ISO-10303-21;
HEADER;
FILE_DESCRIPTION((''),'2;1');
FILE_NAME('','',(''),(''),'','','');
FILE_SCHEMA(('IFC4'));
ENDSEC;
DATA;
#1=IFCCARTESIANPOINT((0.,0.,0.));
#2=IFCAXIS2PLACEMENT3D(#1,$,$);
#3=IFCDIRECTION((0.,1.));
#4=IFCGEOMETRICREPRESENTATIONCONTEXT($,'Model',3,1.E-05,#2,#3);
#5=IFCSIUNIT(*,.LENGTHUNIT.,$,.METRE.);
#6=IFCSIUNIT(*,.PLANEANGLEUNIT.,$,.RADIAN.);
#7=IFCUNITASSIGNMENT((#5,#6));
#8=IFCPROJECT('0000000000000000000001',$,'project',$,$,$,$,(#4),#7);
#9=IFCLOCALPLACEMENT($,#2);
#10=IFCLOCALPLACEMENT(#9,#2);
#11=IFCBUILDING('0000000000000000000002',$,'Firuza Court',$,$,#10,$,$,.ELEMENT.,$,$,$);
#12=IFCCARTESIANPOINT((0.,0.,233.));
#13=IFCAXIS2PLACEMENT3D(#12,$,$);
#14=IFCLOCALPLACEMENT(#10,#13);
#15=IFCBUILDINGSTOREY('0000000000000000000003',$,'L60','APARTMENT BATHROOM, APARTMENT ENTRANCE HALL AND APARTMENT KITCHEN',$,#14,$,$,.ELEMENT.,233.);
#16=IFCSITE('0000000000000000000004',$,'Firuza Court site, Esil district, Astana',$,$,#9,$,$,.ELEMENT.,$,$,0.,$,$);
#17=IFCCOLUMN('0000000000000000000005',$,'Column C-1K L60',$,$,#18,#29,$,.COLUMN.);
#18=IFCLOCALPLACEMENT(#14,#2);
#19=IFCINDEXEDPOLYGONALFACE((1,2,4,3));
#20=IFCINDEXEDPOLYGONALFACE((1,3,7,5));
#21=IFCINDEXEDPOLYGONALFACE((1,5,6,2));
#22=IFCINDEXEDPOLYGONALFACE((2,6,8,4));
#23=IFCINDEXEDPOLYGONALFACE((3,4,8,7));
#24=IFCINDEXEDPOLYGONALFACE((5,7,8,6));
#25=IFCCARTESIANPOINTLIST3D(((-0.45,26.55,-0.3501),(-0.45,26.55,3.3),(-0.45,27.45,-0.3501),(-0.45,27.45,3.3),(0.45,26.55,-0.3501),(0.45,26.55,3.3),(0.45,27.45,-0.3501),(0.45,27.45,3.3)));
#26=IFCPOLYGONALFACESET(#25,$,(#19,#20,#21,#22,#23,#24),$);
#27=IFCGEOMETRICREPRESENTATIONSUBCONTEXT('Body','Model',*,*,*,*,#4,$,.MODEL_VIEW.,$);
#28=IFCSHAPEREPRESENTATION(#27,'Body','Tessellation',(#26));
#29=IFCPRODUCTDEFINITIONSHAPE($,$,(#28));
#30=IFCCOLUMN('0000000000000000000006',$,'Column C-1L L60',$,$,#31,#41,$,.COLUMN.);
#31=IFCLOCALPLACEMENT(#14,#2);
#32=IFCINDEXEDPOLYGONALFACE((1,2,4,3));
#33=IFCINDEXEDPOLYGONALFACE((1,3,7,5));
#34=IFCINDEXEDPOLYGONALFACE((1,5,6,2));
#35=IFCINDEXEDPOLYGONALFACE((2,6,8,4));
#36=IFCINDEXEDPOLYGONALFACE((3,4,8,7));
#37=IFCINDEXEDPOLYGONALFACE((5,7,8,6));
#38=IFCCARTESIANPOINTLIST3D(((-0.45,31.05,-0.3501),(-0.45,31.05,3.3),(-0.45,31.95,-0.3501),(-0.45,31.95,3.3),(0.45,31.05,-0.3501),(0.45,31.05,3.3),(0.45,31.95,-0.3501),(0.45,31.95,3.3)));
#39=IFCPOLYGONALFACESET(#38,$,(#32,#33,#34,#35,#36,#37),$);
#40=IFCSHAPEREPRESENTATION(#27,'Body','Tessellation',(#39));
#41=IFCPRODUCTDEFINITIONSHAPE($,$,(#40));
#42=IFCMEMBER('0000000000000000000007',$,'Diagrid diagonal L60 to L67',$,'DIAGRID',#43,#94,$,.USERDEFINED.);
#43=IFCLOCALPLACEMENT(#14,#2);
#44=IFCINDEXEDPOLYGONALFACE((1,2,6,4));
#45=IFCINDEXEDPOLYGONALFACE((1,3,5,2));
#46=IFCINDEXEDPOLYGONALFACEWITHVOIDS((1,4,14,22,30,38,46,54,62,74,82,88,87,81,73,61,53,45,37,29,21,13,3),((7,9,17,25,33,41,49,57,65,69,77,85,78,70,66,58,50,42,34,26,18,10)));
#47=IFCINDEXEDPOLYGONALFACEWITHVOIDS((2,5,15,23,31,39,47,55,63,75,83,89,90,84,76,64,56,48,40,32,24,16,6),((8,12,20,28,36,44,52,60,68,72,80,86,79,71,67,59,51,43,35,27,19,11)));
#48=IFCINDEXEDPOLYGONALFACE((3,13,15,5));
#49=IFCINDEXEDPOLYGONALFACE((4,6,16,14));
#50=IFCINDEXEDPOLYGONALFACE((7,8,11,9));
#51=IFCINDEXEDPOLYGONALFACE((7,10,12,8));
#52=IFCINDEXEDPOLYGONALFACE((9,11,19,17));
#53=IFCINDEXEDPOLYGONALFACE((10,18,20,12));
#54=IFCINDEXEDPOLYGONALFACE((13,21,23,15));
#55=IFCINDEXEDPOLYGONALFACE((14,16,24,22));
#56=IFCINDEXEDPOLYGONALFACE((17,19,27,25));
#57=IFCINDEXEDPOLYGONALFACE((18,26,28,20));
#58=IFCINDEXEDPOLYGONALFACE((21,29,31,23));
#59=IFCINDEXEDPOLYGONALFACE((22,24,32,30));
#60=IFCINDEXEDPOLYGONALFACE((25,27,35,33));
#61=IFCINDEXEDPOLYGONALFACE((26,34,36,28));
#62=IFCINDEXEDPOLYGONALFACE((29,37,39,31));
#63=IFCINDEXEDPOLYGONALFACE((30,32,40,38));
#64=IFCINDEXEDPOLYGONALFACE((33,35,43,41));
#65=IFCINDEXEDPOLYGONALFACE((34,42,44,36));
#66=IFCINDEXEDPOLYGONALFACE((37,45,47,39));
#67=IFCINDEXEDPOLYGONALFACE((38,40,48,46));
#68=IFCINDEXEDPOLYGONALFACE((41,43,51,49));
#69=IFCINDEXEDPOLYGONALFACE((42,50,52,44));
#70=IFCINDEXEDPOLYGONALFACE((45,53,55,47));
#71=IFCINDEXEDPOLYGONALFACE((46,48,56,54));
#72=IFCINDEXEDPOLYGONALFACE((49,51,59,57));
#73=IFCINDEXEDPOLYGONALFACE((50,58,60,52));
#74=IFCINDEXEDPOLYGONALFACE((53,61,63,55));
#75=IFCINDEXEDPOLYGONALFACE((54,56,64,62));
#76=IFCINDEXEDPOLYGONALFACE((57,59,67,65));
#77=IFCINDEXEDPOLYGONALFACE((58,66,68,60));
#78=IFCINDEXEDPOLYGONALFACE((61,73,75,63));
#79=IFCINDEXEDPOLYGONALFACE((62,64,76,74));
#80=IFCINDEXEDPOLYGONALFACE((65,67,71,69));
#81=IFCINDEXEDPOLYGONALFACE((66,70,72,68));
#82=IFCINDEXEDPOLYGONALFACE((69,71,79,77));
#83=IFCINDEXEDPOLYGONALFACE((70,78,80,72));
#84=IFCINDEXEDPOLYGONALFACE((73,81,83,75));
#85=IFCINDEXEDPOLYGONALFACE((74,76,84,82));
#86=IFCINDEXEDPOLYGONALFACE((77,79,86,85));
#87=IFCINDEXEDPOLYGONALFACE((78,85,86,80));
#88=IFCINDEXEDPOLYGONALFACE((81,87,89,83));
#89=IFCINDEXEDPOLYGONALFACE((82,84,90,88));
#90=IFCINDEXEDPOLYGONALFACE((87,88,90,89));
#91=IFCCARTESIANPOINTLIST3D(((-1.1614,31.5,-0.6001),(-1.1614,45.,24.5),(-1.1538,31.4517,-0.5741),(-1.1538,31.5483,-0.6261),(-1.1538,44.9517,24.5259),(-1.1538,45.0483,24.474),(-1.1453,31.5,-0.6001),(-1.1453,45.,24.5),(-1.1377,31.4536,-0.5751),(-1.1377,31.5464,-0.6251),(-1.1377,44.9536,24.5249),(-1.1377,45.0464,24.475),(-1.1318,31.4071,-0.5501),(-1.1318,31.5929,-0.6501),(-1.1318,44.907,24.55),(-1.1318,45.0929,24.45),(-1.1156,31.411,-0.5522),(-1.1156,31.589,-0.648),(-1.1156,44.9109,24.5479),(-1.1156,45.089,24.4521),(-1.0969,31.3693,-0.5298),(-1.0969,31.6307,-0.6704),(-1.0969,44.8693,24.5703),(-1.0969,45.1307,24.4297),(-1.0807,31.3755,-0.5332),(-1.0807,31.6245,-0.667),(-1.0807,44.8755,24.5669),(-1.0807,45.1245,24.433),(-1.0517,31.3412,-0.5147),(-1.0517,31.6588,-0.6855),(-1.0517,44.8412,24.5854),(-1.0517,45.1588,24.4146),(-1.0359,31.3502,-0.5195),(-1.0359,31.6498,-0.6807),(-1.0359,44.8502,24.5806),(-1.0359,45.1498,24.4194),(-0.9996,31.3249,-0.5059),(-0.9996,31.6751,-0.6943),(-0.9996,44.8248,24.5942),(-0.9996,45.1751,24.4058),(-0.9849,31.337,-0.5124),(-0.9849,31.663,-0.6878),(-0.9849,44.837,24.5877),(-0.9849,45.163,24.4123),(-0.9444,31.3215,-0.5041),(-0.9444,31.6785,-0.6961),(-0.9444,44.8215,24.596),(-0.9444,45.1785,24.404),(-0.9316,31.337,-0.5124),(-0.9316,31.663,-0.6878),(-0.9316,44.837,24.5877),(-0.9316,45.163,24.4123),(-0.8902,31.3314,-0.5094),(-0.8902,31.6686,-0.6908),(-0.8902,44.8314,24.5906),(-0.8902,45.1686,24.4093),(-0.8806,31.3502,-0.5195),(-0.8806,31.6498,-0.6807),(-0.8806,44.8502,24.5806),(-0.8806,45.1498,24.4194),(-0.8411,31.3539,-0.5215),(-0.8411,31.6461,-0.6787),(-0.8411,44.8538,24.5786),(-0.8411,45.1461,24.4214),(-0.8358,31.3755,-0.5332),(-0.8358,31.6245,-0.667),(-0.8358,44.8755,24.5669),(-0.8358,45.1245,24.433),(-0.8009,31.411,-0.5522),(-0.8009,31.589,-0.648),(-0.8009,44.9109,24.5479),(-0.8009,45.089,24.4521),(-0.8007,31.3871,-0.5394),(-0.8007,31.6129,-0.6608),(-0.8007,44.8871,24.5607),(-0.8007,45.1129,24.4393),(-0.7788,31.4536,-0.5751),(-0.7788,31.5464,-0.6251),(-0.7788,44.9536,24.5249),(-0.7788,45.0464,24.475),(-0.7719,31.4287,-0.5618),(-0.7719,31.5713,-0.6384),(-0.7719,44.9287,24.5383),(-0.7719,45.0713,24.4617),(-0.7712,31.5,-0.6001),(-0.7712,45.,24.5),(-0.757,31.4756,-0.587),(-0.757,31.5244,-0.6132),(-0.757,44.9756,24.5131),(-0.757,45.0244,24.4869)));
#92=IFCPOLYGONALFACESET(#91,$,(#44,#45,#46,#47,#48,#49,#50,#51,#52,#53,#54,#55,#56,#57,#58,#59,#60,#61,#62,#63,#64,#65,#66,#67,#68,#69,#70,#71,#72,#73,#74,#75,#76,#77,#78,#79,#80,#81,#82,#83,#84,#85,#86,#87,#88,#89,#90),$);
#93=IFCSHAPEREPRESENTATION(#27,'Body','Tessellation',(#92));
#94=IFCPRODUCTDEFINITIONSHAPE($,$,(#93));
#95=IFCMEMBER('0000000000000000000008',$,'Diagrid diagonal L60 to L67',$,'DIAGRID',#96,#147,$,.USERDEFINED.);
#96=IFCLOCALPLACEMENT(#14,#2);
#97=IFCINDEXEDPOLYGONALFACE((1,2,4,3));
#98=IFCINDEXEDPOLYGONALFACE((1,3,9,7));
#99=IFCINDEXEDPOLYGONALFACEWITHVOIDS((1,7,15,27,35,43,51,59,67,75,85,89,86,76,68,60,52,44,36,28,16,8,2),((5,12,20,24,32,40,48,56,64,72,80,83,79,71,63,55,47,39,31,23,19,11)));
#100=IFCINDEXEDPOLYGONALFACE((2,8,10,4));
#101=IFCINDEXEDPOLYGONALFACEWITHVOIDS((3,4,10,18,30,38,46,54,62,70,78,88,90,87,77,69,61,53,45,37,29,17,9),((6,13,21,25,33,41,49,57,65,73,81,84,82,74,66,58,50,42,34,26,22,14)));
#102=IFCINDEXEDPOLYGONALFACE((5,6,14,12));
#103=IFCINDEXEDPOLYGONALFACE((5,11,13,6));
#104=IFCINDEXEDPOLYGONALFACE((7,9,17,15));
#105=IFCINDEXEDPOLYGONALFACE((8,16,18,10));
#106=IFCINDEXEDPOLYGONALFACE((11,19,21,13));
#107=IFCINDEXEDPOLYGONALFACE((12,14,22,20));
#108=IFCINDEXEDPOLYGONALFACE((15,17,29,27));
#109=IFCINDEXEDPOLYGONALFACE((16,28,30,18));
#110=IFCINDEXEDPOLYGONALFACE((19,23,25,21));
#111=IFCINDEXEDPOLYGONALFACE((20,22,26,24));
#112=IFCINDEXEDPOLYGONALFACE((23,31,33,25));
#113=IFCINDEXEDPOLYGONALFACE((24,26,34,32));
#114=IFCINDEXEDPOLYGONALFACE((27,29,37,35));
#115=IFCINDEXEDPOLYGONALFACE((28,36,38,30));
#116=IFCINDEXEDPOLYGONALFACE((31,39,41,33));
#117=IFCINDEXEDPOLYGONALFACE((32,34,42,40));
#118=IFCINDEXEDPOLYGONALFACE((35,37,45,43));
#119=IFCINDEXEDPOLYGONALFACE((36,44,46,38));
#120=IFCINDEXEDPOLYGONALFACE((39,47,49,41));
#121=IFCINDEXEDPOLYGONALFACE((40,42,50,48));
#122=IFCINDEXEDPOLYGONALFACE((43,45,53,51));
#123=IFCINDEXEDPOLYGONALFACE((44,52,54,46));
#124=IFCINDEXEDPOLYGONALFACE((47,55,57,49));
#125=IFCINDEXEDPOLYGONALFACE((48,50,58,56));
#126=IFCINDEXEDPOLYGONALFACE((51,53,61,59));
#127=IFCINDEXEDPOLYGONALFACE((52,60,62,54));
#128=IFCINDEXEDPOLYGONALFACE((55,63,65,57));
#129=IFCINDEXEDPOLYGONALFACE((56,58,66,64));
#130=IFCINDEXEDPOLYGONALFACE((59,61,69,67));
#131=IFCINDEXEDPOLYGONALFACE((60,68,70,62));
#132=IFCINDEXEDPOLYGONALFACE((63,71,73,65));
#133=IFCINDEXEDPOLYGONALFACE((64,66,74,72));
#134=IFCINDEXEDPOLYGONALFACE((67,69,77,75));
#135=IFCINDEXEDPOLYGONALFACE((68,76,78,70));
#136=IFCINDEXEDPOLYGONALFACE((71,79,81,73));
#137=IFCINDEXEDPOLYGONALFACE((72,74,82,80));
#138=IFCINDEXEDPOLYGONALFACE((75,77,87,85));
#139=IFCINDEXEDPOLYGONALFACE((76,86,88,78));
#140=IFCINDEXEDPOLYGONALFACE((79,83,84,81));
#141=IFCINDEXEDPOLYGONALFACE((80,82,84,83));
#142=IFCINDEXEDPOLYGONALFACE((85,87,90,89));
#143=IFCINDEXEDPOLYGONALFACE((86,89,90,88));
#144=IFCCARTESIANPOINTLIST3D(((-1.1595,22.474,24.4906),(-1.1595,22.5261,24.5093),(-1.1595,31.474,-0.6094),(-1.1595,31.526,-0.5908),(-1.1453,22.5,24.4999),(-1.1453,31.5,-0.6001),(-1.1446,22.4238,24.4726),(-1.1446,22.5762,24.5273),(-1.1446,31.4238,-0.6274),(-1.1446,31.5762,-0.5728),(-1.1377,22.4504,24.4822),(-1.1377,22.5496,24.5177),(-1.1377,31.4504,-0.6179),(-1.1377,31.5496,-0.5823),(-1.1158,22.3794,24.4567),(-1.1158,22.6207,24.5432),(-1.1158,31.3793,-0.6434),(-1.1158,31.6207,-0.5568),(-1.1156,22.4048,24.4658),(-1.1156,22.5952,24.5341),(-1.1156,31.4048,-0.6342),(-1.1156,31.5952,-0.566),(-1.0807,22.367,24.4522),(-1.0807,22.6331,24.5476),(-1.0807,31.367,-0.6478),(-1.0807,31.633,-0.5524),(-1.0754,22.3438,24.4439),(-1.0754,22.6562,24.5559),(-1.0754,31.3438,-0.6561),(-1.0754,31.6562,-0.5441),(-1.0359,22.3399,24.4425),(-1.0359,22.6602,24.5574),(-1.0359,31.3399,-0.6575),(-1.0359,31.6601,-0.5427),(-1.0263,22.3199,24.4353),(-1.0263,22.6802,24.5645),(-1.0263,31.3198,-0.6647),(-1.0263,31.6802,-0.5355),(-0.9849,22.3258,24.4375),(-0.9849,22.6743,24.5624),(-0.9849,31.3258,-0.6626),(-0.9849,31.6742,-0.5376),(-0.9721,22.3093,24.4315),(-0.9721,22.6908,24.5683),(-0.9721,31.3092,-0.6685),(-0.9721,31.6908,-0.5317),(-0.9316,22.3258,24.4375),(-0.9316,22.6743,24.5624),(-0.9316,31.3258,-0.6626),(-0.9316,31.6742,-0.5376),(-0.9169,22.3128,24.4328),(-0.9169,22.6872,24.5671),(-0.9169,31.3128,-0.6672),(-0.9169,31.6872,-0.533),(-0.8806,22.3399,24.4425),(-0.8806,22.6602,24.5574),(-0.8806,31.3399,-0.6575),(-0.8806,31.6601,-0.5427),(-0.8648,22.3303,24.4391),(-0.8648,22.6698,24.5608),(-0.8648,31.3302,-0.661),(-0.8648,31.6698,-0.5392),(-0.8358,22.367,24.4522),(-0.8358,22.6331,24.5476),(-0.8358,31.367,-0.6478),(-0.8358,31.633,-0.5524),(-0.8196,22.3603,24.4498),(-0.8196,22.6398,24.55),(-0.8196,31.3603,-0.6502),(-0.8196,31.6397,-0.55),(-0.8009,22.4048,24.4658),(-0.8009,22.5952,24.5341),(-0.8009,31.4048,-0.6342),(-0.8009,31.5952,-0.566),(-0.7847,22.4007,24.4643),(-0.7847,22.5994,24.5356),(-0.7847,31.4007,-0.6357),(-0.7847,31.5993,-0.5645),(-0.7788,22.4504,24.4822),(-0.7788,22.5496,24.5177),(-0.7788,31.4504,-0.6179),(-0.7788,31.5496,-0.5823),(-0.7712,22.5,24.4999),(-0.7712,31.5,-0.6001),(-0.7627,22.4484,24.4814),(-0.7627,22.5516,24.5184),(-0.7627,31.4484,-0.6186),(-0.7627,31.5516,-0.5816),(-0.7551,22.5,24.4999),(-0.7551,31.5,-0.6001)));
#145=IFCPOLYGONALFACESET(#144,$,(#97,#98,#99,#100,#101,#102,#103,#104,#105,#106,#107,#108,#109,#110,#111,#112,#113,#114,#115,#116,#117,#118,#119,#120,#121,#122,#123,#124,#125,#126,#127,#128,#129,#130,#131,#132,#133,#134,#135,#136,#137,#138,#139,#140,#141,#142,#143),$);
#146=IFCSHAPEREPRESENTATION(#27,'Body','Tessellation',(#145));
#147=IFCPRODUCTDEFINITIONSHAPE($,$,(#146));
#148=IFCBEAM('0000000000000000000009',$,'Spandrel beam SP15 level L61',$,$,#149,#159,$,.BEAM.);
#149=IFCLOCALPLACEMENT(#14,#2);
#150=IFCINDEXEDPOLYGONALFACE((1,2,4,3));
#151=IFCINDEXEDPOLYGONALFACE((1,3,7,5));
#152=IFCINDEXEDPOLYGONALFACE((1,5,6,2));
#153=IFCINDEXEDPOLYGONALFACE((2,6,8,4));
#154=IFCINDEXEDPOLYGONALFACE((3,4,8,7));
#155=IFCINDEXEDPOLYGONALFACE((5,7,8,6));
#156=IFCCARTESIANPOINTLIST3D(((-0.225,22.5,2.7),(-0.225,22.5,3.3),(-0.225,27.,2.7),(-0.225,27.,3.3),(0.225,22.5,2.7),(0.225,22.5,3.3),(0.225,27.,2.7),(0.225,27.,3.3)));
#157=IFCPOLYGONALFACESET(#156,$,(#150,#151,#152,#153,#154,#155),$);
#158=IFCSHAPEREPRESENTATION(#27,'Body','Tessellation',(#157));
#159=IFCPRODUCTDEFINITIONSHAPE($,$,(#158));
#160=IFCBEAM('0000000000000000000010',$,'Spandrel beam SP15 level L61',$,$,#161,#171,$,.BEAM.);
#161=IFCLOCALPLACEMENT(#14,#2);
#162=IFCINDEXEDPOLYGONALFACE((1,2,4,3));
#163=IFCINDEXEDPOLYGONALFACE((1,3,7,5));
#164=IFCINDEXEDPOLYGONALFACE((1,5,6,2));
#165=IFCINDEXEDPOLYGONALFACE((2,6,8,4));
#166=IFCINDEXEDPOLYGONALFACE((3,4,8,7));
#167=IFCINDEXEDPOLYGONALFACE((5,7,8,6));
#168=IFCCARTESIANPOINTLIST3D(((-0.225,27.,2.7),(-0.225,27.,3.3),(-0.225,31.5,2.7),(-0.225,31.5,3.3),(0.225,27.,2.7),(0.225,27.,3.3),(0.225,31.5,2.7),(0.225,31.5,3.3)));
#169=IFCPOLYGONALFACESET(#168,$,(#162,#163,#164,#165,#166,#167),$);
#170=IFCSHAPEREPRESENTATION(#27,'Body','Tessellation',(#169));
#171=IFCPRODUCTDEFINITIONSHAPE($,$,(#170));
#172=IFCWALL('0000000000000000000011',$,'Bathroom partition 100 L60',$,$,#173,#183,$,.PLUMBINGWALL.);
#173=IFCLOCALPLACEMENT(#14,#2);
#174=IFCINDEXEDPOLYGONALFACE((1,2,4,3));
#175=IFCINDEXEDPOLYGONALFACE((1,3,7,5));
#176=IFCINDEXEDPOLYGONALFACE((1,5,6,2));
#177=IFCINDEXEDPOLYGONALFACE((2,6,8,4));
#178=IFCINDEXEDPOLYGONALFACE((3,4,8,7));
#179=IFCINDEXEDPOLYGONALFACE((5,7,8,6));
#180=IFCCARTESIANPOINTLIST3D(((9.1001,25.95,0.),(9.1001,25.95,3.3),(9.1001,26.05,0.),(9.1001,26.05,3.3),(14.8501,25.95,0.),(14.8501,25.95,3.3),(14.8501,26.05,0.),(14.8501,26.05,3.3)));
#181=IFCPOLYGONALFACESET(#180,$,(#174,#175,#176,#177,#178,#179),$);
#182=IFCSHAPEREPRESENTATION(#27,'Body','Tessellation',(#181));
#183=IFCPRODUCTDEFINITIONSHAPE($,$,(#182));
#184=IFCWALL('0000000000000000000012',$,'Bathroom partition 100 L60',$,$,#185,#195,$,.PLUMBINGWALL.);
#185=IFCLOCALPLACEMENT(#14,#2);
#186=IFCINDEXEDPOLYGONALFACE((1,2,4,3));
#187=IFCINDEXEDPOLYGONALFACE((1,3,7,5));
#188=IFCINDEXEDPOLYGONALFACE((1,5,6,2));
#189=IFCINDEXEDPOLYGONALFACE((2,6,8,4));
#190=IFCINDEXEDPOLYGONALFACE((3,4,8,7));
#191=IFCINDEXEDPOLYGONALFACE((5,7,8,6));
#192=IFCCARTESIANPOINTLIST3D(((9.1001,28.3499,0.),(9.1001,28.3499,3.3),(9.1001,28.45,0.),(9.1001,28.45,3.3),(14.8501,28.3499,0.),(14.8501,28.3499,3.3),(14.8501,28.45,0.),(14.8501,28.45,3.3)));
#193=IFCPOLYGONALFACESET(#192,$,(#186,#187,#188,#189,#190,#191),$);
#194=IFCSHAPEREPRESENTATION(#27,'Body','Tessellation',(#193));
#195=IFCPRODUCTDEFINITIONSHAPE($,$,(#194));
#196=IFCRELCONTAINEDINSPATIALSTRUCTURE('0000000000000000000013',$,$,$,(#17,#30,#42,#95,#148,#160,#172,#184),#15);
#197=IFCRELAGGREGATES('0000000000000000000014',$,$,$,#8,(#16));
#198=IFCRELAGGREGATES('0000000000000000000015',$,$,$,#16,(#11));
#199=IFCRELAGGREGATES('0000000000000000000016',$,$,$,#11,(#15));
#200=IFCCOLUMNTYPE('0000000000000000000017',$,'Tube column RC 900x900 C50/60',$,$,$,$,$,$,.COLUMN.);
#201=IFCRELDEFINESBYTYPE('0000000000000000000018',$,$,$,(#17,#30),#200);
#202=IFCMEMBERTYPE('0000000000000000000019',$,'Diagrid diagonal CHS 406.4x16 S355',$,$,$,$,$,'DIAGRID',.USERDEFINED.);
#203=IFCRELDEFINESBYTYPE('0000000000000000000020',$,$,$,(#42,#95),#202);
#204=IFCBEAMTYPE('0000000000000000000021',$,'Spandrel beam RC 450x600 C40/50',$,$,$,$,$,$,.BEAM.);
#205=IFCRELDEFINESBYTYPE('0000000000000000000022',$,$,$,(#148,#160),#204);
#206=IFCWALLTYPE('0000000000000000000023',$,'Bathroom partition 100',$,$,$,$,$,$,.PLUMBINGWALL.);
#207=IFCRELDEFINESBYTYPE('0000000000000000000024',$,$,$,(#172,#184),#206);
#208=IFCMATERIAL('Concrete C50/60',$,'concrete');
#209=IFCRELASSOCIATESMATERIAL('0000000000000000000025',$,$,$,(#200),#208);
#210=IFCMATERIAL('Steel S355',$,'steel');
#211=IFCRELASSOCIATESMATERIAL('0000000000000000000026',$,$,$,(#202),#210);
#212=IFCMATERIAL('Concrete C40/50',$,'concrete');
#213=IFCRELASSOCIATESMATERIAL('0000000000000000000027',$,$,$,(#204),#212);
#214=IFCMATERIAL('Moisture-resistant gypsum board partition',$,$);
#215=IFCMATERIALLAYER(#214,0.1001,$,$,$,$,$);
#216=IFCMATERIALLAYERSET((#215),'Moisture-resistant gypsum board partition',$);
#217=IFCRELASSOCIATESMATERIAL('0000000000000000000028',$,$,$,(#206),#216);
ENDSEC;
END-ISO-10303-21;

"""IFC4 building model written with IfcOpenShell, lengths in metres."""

from ifc_helpers import new_model, si_unit, direction, frame, frame_2d, origin, origin_2d, place, context, subcontext, project, spatial, rectangle, hollow_circle, extrude, material, layer, layer_set, material_profile, profile_set, type_object, element, save


model = new_model("IFC4")

# Units and contexts
model_context = context("Model", 3, precision=1e-05, world=origin(), true_north=direction((0.0, 1.0)))
body_context = subcontext(model_context, "Body", "Model", "MODEL_VIEW")
ifc_project = project(units=[si_unit("LENGTHUNIT", "METRE"), si_unit("PLANEANGLEUNIT", "RADIAN")], contexts=[model_context])

# Site, building, storey
site_placement = place(None, origin())
site = spatial("IfcSite", under=ifc_project, at=site_placement, Name="Firuza Court site, Esil district, Astana", CompositionType="ELEMENT", RefElevation=0.0)
building_placement = place(site_placement, origin())
building = spatial("IfcBuilding", under=site, at=building_placement, Name="Firuza Court", CompositionType="ELEMENT")
storey_placement = place(building_placement, frame((0.0, 0.0, 233.0)))
storey = spatial("IfcBuildingStorey", under=building, at=storey_placement, Name="L60", Description="APARTMENT BATHROOM, APARTMENT ENTRANCE HALL AND APARTMENT KITCHEN", CompositionType="ELEMENT", Elevation=233.0)

# Columns
ifc_material_1 = material(Name="Concrete C50/60", Category="concrete")
ifc_material_profile_1 = material_profile(ifc_material_1, rectangle(XDim=0.8999, YDim=0.8999, at=origin_2d()), Name="RC 900x900")
ifc_profile_set_1 = profile_set([ifc_material_profile_1], Name="Concrete C50/60")
column_type = type_object("IfcColumnType", Name="Tube column RC 900x900 C50/60", PredefinedType="COLUMN", material=ifc_profile_set_1)
for number, where, z_axis, x_axis, name in (
    (1, (0.0, 27.0, -0.3501), (0.0, 0.0, 1.0), (1.0, 0.0, 0.0), "Column C-1K L60"),
    (2, (0.0, 31.5, -0.3501), (0.0, 0.0, 1.0), (1.0, 0.0, 0.0), "Column C-1L L60"),
):
    element("IfcColumn", number, at=place(storey_placement, frame(where, z_axis=z_axis, x_axis=x_axis)), inside=storey, type_object=column_type, Name=name, PredefinedType="COLUMN", context=body_context, shape_type="SweptSolid", body=[
        extrude(rectangle(XDim=0.8999, YDim=0.8999, at=origin_2d()), origin(), (0.0, 0.0, 1.0), 3.6501),
    ])

# Members
ifc_material_2 = material(Name="Steel S355", Category="steel")
ifc_material_profile_2 = material_profile(ifc_material_2, hollow_circle(Radius=0.2031, WallThickness=0.0161, at=origin_2d()), Name="CHS 406.4x16")
ifc_profile_set_2 = profile_set([ifc_material_profile_2], Name="Steel S355")
member_type = type_object("IfcMemberType", Name="Diagrid diagonal CHS 406.4x16 S355", ElementType="DIAGRID", PredefinedType="USERDEFINED", material=ifc_profile_set_2)
member_1_placement = place(storey_placement, frame((-0.9583, 31.5, -0.6001), z_axis=(0.0, 0.47368, 0.880697), x_axis=(-1.0, 0.0, 0.0)))
element("IfcMember", 3, at=member_1_placement, inside=storey, type_object=member_type, Name="Diagrid diagonal L60 to L67", ObjectType="DIAGRID", PredefinedType="USERDEFINED", context=body_context, shape_type="SweptSolid", body=[
    extrude(hollow_circle(Radius=0.2031, WallThickness=0.0161, at=origin_2d()), origin(), (0.0, 0.0, 1.0), 28.5002),
])
member_2_placement = place(storey_placement, frame((-0.9583, 31.5, -0.6001), z_axis=(0.0, -0.337523, 0.941317), x_axis=(1.0, 0.0, 0.0)))
element("IfcMember", 4, at=member_2_placement, inside=storey, type_object=member_type, Name="Diagrid diagonal L60 to L67", ObjectType="DIAGRID", PredefinedType="USERDEFINED", context=body_context, shape_type="SweptSolid", body=[
    extrude(hollow_circle(Radius=0.2031, WallThickness=0.0161, at=origin_2d()), origin(), (0.0, 0.0, 1.0), 26.6648),
])

# Beams
ifc_material_3 = material(Name="Concrete C40/50", Category="concrete")
ifc_material_profile_3 = material_profile(ifc_material_3, rectangle(XDim=0.45, YDim=0.6001, at=origin_2d()), Name="RC 450x600")
ifc_profile_set_3 = profile_set([ifc_material_profile_3], Name="Concrete C40/50")
beam_type = type_object("IfcBeamType", Name="Spandrel beam RC 450x600 C40/50", PredefinedType="BEAM", material=ifc_profile_set_3)
for number, where, z_axis, x_axis, name in (
    (5, (0.0, 27.0, 3.0), (0.0, -1.0, 0.0), (1.0, 0.0, 0.0), "Spandrel beam SP15 level L61"),
    (6, (0.0, 31.5, 3.0), (0.0, -1.0, 0.0), (1.0, 0.0, 0.0), "Spandrel beam SP15 level L61"),
):
    element("IfcBeam", number, at=place(storey_placement, frame(where, z_axis=z_axis, x_axis=x_axis)), inside=storey, type_object=beam_type, Name=name, PredefinedType="BEAM", context=body_context, shape_type="SweptSolid", body=[
        extrude(rectangle(XDim=0.45, YDim=0.6001, at=origin_2d()), origin(), (0.0, 0.0, 1.0), 4.5),
    ])

# Walls
ifc_material_4 = material(Name="Moisture-resistant gypsum board partition")
ifc_layer_1 = layer(ifc_material_4, 0.1001)
ifc_layer_set_1 = layer_set([ifc_layer_1], Name="Moisture-resistant gypsum board partition")
wall_type_1 = type_object("IfcWallType", Name="Bathroom partition 100", PredefinedType="PLUMBINGWALL", material=ifc_layer_set_1)
for number, where, z_axis, x_axis, name in (
    (7, (9.1001, 26.0, 0.0), (0.0, 0.0, 1.0), (1.0, 0.0, 0.0), "Bathroom partition 100 L60"),
    (8, (9.1001, 28.3999, 0.0), (0.0, 0.0, 1.0), (1.0, 0.0, 0.0), "Bathroom partition 100 L60"),
):
    element("IfcWall", number, at=place(storey_placement, frame(where, z_axis=z_axis, x_axis=x_axis)), inside=storey, type_object=wall_type_1, Name=name, PredefinedType="PLUMBINGWALL", context=body_context, shape_type="SweptSolid", body=[
        extrude(rectangle(XDim=5.75, YDim=0.1001, at=frame_2d((2.875, 0.0))), origin(), (0.0, 0.0, 1.0), 3.3),
    ])

save(model, "model.ifc")
